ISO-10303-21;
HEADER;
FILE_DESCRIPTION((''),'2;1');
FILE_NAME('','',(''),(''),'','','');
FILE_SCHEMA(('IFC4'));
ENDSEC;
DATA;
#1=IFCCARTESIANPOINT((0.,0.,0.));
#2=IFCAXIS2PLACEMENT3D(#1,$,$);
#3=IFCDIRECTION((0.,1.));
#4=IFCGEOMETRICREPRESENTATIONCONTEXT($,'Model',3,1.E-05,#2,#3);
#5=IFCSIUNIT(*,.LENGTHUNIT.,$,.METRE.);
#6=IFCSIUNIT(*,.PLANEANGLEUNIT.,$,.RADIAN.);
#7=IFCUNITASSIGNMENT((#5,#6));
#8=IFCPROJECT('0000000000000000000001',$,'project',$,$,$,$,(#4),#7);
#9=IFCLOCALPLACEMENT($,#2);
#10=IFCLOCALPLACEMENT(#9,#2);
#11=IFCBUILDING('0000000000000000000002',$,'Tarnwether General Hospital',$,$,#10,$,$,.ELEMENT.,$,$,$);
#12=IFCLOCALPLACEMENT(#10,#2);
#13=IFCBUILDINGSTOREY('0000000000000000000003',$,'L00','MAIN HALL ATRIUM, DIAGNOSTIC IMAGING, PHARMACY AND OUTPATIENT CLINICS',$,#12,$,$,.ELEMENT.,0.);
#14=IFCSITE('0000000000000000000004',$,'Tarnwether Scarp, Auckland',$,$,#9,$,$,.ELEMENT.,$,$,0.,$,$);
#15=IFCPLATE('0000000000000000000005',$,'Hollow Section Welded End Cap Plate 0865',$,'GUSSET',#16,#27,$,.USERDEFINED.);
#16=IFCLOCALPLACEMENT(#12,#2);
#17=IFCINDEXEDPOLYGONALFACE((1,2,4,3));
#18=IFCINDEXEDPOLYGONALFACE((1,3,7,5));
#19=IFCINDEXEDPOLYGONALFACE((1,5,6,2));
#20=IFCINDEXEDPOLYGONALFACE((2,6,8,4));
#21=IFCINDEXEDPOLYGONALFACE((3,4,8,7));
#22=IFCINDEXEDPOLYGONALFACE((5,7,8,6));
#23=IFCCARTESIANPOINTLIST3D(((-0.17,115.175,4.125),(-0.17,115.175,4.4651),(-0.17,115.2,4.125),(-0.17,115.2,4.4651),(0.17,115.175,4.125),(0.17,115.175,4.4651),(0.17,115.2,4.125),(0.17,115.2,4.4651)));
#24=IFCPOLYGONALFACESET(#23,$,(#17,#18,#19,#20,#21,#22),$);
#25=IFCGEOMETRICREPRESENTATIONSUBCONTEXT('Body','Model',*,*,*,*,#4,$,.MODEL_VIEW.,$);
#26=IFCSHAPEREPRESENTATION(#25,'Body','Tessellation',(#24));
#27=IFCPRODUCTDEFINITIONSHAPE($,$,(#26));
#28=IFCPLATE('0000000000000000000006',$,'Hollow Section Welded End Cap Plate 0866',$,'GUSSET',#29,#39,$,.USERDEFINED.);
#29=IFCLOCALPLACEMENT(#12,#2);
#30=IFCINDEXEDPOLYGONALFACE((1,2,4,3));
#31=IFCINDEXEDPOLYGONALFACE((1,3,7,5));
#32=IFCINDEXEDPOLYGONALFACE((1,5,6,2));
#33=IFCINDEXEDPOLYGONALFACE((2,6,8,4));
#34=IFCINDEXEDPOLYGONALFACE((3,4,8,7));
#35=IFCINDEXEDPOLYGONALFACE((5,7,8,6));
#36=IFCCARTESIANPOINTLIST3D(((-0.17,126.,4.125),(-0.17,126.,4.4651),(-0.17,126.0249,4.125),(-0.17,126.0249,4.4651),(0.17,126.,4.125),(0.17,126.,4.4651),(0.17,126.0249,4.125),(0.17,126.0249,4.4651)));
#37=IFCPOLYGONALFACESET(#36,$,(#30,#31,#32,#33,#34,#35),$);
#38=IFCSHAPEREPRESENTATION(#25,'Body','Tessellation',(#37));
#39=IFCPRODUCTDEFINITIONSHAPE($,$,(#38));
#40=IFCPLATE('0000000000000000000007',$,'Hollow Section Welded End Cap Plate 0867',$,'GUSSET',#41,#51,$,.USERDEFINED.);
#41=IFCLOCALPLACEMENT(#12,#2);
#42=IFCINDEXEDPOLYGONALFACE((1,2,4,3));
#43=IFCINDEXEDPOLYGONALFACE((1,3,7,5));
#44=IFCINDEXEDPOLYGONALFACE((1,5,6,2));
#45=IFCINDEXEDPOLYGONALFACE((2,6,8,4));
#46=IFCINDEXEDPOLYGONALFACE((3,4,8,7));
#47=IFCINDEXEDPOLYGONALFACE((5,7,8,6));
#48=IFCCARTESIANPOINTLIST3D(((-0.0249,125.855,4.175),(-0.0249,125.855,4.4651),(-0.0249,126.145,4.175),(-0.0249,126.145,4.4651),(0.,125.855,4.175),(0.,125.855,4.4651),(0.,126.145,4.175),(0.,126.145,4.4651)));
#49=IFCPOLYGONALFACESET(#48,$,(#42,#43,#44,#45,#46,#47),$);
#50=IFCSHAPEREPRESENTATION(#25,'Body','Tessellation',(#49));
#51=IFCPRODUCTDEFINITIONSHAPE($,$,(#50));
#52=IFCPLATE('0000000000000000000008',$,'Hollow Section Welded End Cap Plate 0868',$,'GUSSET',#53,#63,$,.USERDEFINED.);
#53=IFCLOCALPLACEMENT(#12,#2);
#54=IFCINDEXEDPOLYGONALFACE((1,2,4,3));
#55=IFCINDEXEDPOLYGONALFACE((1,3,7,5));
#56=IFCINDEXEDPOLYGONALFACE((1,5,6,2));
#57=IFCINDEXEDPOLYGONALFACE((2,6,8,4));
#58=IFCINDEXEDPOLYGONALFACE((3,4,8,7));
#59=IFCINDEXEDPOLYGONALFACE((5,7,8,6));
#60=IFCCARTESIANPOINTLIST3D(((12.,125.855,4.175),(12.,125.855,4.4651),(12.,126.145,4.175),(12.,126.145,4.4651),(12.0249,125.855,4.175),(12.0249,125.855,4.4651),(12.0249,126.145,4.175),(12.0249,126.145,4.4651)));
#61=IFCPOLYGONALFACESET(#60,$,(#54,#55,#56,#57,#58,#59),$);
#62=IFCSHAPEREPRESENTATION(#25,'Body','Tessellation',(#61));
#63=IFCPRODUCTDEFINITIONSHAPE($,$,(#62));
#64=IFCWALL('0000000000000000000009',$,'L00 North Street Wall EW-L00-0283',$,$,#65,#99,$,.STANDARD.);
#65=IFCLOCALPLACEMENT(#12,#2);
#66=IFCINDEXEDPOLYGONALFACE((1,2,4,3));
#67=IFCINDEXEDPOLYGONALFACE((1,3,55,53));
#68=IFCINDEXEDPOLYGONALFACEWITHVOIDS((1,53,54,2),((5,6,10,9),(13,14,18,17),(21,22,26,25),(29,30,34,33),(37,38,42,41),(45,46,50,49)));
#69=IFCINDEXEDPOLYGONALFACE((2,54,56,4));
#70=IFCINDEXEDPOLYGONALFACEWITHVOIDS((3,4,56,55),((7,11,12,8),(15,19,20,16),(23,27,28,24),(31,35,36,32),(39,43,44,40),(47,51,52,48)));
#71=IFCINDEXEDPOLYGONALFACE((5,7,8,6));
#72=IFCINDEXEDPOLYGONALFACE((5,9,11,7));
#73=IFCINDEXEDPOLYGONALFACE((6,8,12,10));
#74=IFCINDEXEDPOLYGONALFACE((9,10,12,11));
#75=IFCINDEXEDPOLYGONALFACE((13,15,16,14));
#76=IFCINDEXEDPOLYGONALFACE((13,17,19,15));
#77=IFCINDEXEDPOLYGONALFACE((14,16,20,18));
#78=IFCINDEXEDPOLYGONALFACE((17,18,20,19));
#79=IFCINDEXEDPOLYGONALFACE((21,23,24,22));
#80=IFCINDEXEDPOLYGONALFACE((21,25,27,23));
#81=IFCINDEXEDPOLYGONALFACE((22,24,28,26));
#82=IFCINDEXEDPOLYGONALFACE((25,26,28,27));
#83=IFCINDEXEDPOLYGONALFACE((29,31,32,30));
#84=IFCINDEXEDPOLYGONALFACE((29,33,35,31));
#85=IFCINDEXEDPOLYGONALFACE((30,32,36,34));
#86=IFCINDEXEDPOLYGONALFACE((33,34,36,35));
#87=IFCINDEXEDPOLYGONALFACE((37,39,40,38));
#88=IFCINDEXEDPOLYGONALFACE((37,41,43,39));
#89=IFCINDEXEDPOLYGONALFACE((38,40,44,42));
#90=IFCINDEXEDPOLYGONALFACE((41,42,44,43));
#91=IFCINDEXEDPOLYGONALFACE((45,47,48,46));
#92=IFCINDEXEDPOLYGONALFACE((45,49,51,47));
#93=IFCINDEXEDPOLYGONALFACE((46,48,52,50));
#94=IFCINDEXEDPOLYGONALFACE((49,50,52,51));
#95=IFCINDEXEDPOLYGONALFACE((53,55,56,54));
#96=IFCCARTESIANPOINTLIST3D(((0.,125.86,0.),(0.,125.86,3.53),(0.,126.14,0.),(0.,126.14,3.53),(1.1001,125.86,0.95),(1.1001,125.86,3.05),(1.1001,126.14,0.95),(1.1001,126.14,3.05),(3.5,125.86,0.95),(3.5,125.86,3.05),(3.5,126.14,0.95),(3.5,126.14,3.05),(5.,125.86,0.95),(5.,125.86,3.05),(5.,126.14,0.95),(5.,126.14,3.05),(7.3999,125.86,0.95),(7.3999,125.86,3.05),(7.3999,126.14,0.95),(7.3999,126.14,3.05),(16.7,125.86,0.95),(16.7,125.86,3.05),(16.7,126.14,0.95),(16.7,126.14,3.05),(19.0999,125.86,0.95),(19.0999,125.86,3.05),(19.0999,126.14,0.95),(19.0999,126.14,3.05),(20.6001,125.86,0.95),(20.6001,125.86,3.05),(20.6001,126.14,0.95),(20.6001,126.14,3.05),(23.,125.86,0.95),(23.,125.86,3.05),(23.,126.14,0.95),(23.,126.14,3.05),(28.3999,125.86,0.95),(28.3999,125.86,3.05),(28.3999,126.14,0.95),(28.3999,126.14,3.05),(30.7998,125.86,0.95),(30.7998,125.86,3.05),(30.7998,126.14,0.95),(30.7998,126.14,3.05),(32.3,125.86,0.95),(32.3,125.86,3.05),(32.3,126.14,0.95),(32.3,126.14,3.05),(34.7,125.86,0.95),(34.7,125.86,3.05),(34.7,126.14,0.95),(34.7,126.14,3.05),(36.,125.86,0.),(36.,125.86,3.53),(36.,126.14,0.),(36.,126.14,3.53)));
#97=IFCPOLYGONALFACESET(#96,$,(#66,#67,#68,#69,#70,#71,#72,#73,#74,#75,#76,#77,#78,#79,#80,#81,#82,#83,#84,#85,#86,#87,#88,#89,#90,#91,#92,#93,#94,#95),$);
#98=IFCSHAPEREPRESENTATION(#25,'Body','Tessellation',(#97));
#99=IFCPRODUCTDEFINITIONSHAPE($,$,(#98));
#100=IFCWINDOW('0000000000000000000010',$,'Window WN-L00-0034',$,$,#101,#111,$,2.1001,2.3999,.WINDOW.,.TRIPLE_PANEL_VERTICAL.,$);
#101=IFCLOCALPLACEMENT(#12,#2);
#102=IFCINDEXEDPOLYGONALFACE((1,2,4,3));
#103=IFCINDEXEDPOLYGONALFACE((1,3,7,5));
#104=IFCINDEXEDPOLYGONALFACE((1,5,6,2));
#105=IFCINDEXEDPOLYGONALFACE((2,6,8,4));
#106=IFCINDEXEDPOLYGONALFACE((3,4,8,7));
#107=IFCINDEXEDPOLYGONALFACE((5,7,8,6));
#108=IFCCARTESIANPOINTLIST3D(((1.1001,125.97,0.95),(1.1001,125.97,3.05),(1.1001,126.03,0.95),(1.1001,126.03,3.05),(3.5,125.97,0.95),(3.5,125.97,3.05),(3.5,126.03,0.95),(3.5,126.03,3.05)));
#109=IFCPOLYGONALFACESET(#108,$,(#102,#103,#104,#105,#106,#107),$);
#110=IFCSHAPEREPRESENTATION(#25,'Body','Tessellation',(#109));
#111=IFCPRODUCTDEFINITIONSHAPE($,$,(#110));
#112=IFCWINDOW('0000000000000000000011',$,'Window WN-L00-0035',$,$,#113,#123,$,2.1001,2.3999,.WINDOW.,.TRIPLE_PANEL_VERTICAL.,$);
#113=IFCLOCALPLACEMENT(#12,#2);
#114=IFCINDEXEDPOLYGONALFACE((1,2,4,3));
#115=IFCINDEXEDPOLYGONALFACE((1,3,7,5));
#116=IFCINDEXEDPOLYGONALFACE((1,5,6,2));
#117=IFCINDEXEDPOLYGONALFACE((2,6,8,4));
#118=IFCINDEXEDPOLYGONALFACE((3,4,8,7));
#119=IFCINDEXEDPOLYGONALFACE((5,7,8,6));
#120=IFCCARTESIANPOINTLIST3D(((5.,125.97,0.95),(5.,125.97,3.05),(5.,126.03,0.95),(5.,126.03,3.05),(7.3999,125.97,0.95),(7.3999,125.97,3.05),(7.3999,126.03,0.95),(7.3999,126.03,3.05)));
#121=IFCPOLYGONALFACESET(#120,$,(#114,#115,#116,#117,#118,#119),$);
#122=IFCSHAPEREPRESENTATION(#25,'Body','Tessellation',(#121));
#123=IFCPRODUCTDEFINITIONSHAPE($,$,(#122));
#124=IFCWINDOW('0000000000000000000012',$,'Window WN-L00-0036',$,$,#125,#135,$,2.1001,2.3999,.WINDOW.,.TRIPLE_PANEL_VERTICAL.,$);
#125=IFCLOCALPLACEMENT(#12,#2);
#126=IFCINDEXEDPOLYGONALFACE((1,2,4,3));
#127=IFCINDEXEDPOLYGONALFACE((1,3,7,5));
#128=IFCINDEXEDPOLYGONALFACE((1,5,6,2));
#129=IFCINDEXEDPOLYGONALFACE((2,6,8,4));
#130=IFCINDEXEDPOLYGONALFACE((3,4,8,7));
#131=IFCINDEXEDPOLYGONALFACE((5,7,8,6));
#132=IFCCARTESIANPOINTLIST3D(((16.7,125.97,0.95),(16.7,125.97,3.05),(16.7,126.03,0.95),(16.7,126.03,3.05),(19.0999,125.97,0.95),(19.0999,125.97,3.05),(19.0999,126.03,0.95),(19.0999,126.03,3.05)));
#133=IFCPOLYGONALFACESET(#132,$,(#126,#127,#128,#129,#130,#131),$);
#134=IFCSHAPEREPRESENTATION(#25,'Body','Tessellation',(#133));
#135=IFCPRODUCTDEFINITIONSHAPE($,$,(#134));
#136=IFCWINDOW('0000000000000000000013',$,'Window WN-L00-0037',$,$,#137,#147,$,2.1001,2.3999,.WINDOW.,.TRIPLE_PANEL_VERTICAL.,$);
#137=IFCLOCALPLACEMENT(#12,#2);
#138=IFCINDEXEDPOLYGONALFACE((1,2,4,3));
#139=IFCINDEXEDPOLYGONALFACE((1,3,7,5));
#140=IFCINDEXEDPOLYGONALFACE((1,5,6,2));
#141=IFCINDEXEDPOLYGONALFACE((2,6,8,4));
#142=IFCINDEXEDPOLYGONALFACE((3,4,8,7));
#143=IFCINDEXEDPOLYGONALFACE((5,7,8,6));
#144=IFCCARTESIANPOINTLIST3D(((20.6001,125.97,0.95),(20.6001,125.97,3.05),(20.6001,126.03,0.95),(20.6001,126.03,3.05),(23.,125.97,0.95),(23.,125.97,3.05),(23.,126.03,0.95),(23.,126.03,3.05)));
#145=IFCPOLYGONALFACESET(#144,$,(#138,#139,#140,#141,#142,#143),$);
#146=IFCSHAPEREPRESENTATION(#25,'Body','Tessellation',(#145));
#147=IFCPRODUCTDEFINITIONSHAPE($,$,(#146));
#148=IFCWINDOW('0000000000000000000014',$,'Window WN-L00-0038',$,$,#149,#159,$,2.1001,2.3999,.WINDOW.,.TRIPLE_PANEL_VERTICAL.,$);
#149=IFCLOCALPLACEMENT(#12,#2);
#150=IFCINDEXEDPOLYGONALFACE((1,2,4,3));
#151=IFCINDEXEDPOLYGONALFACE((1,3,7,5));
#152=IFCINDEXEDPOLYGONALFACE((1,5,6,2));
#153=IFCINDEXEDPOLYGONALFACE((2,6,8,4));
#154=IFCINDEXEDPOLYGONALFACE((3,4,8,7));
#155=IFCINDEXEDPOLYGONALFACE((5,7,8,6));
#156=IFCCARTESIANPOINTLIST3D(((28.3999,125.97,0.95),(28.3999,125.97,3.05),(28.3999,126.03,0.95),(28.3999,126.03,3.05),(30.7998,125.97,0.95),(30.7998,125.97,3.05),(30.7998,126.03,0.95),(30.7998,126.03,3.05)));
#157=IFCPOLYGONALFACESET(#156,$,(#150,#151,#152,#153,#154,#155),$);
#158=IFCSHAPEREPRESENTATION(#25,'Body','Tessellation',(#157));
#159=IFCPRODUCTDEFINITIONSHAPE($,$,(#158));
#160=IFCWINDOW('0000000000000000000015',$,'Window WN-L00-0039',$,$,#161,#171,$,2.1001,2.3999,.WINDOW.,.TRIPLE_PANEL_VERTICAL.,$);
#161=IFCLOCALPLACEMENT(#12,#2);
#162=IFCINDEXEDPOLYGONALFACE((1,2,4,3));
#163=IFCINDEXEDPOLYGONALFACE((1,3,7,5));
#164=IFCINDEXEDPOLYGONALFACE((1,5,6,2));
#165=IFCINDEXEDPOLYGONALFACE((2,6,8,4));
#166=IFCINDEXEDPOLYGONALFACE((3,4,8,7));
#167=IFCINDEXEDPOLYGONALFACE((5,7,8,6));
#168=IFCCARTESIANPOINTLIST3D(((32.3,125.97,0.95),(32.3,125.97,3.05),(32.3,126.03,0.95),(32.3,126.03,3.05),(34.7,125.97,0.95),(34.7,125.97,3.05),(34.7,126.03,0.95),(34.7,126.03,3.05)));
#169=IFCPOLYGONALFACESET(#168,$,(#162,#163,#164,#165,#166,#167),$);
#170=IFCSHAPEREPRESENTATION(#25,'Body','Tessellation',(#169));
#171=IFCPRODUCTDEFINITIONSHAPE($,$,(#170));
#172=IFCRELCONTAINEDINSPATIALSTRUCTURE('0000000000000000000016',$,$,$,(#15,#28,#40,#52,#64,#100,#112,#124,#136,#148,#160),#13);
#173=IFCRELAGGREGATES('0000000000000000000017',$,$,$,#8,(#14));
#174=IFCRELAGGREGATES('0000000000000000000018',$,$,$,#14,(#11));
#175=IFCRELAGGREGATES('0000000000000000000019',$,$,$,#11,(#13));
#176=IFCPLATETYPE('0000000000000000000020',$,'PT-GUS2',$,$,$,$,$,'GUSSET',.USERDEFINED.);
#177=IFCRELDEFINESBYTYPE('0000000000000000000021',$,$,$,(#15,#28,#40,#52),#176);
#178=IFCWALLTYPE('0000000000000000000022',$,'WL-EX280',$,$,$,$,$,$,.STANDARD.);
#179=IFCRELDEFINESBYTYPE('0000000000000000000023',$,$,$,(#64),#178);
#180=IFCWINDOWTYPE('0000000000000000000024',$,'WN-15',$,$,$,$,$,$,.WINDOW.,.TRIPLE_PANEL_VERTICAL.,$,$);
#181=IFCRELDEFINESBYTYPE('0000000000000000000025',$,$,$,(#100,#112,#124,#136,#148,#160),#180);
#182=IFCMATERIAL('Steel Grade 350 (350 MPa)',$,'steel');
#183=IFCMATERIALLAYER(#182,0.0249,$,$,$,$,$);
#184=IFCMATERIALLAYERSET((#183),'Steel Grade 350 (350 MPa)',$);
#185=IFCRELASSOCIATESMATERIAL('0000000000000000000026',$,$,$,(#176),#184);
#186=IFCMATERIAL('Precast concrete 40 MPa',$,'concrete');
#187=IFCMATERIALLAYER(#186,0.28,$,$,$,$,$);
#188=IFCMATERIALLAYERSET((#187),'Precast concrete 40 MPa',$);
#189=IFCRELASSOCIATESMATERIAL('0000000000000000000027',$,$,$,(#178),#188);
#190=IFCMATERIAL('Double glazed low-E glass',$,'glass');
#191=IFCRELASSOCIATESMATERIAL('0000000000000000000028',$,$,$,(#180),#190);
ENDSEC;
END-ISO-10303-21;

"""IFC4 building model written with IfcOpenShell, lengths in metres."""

from ifc_helpers import new_model, si_unit, direction, frame, frame_2d, origin, origin_2d, place, context, subcontext, project, spatial, rectangle, extrude, material, layer, layer_set, type_object, element, fill, save


model = new_model("IFC4")

# Units and contexts
model_context = context("Model", 3, precision=1e-05, world=origin(), true_north=direction((0.0, 1.0)))
body_context = subcontext(model_context, "Body", "Model", "MODEL_VIEW")
ifc_project = project(units=[si_unit("LENGTHUNIT", "METRE"), si_unit("PLANEANGLEUNIT", "RADIAN")], contexts=[model_context])

# Site, building, storey
site_placement = place(None, origin())
site = spatial("IfcSite", under=ifc_project, at=site_placement, Name="Tarnwether Scarp, Auckland", CompositionType="ELEMENT", RefElevation=0.0)
building_placement = place(site_placement, origin())
building = spatial("IfcBuilding", under=site, at=building_placement, Name="Tarnwether General Hospital", CompositionType="ELEMENT")
storey_placement = place(building_placement, origin())
storey = spatial("IfcBuildingStorey", under=building, at=storey_placement, Name="L00", Description="MAIN HALL ATRIUM, DIAGNOSTIC IMAGING, PHARMACY AND OUTPATIENT CLINICS", CompositionType="ELEMENT", Elevation=0.0)

# Plates
ifc_material_1 = material(Name="Steel Grade 350 (350 MPa)", Category="steel")
ifc_layer_1 = layer(ifc_material_1, 0.0249)
ifc_layer_set_1 = layer_set([ifc_layer_1], Name="Steel Grade 350 (350 MPa)")
plate_type = type_object("IfcPlateType", Name="PT-GUS2", ElementType="GUSSET", PredefinedType="USERDEFINED", material=ifc_layer_set_1)
for number, where, z_axis, x_axis, name in (
    (1, (0.0, 115.1875, 4.125), (0.0, 0.0, 1.0), (0.0, 1.0, 0.0), "Hollow Section Welded End Cap Plate 0865"),
    (2, (0.0, 126.0125, 4.125), (0.0, 0.0, 1.0), (0.0, 1.0, 0.0), "Hollow Section Welded End Cap Plate 0866"),
):
    element("IfcPlate", number, at=place(storey_placement, frame(where, z_axis=z_axis, x_axis=x_axis)), inside=storey, type_object=plate_type, Name=name, ObjectType="GUSSET", PredefinedType="USERDEFINED", context=body_context, shape_type="SweptSolid", body=[
        extrude(rectangle(XDim=0.0249, YDim=0.3401, at=origin_2d()), origin(), (0.0, 0.0, 1.0), 0.3401),
    ])
for number, where, z_axis, x_axis, name in (
    (3, (-0.0125, 126.0, 4.175), (0.0, 0.0, 1.0), (1.0, 0.0, 0.0), "Hollow Section Welded End Cap Plate 0867"),
    (4, (12.0125, 126.0, 4.175), (0.0, 0.0, 1.0), (1.0, 0.0, 0.0), "Hollow Section Welded End Cap Plate 0868"),
):
    element("IfcPlate", number, at=place(storey_placement, frame(where, z_axis=z_axis, x_axis=x_axis)), inside=storey, type_object=plate_type, Name=name, ObjectType="GUSSET", PredefinedType="USERDEFINED", context=body_context, shape_type="SweptSolid", body=[
        extrude(rectangle(XDim=0.0249, YDim=0.29, at=origin_2d()), origin(), (0.0, 0.0, 1.0), 0.29),
    ])

# Wall, openings, windows
ifc_material_2 = material(Name="Precast concrete 40 MPa", Category="concrete")
ifc_layer_2 = layer(ifc_material_2, 0.28)
ifc_layer_set_2 = layer_set([ifc_layer_2], Name="Precast concrete 40 MPa")
wall_type = type_object("IfcWallType", Name="WL-EX280", PredefinedType="STANDARD", material=ifc_layer_set_2)
wall_placement = place(storey_placement, frame((0.0, 126.0, 0.0), z_axis=(0.0, 0.0, 1.0), x_axis=(1.0, 0.0, 0.0)))
wall = element("IfcWall", 5, at=wall_placement, inside=storey, type_object=wall_type, Name="L00 North Street Wall EW-L00-0283", PredefinedType="STANDARD", context=body_context, shape_type="SweptSolid", body=[
    extrude(rectangle(XDim=36.0, YDim=0.28, at=frame_2d((18.0, 0.0))), origin(), (0.0, 0.0, 1.0), 3.53),
])
opening_1_placement = place(wall_placement, frame((1.1001, 0.0, 0.95)))
opening_1 = element("IfcOpeningElement", 6, at=opening_1_placement, cuts=wall, PredefinedType="OPENING", context=body_context, shape_type="SweptSolid", body=[
    extrude(rectangle(XDim=2.3999, YDim=2.1001, at=frame_2d((1.2, 1.05))), frame((0.0, 0.1499, 0.0), z_axis=(0.0, -1.0, 0.0), x_axis=(1.0, 0.0, 0.0)), (0.0, 0.0, 1.0), 0.3),
])
opening_2_placement = place(wall_placement, frame((5.0, 0.0, 0.95)))
opening_2 = element("IfcOpeningElement", 7, at=opening_2_placement, cuts=wall, PredefinedType="OPENING", context=body_context, shape_type="SweptSolid", body=[
    extrude(rectangle(XDim=2.3999, YDim=2.1001, at=frame_2d((1.2, 1.05))), frame((0.0, 0.1499, 0.0), z_axis=(0.0, -1.0, 0.0), x_axis=(1.0, 0.0, 0.0)), (0.0, 0.0, 1.0), 0.3),
])
opening_3_placement = place(wall_placement, frame((16.7, 0.0, 0.95)))
opening_3 = element("IfcOpeningElement", 8, at=opening_3_placement, cuts=wall, PredefinedType="OPENING", context=body_context, shape_type="SweptSolid", body=[
    extrude(rectangle(XDim=2.3999, YDim=2.1001, at=frame_2d((1.2, 1.05))), frame((0.0, 0.1499, 0.0), z_axis=(0.0, -1.0, 0.0), x_axis=(1.0, 0.0, 0.0)), (0.0, 0.0, 1.0), 0.3),
])
opening_4_placement = place(wall_placement, frame((20.6001, 0.0, 0.95)))
opening_4 = element("IfcOpeningElement", 9, at=opening_4_placement, cuts=wall, PredefinedType="OPENING", context=body_context, shape_type="SweptSolid", body=[
    extrude(rectangle(XDim=2.3999, YDim=2.1001, at=frame_2d((1.2, 1.05))), frame((0.0, 0.1499, 0.0), z_axis=(0.0, -1.0, 0.0), x_axis=(1.0, 0.0, 0.0)), (0.0, 0.0, 1.0), 0.3),
])
opening_5_placement = place(wall_placement, frame((28.3999, 0.0, 0.95)))
opening_5 = element("IfcOpeningElement", 10, at=opening_5_placement, cuts=wall, PredefinedType="OPENING", context=body_context, shape_type="SweptSolid", body=[
    extrude(rectangle(XDim=2.3999, YDim=2.1001, at=frame_2d((1.2, 1.05))), frame((0.0, 0.1499, 0.0), z_axis=(0.0, -1.0, 0.0), x_axis=(1.0, 0.0, 0.0)), (0.0, 0.0, 1.0), 0.3),
])
opening_6_placement = place(wall_placement, frame((32.3, 0.0, 0.95)))
opening_6 = element("IfcOpeningElement", 11, at=opening_6_placement, cuts=wall, PredefinedType="OPENING", context=body_context, shape_type="SweptSolid", body=[
    extrude(rectangle(XDim=2.3999, YDim=2.1001, at=frame_2d((1.2, 1.05))), frame((0.0, 0.1499, 0.0), z_axis=(0.0, -1.0, 0.0), x_axis=(1.0, 0.0, 0.0)), (0.0, 0.0, 1.0), 0.3),
])
ifc_material_3 = material(Name="Double glazed low-E glass", Category="glass")
window_type = type_object("IfcWindowType", Name="WN-15", PartitioningType="TRIPLE_PANEL_VERTICAL", PredefinedType="WINDOW", material=ifc_material_3)
window_1_placement = place(opening_1_placement, origin())
window_1 = element("IfcWindow", 12, at=window_1_placement, inside=storey, type_object=window_type, Name="Window WN-L00-0034", OverallHeight=2.1001, OverallWidth=2.3999, PartitioningType="TRIPLE_PANEL_VERTICAL", PredefinedType="WINDOW", context=body_context, shape_type="SweptSolid", body=[
    extrude(rectangle(XDim=2.3999, YDim=2.1001, at=frame_2d((1.2, 1.05))), frame((0.0, 0.03, 0.0), z_axis=(0.0, -1.0, 0.0), x_axis=(1.0, 0.0, 0.0)), (0.0, 0.0, 1.0), 0.0601),
])
fill(opening_1, window_1)
window_2_placement = place(opening_2_placement, origin())
window_2 = element("IfcWindow", 13, at=window_2_placement, inside=storey, type_object=window_type, Name="Window WN-L00-0035", OverallHeight=2.1001, OverallWidth=2.3999, PartitioningType="TRIPLE_PANEL_VERTICAL", PredefinedType="WINDOW", context=body_context, shape_type="SweptSolid", body=[
    extrude(rectangle(XDim=2.3999, YDim=2.1001, at=frame_2d((1.2, 1.05))), frame((0.0, 0.03, 0.0), z_axis=(0.0, -1.0, 0.0), x_axis=(1.0, 0.0, 0.0)), (0.0, 0.0, 1.0), 0.0601),
])
fill(opening_2, window_2)
window_3_placement = place(opening_3_placement, origin())
window_3 = element("IfcWindow", 14, at=window_3_placement, inside=storey, type_object=window_type, Name="Window WN-L00-0036", OverallHeight=2.1001, OverallWidth=2.3999, PartitioningType="TRIPLE_PANEL_VERTICAL", PredefinedType="WINDOW", context=body_context, shape_type="SweptSolid", body=[
    extrude(rectangle(XDim=2.3999, YDim=2.1001, at=frame_2d((1.2, 1.05))), frame((0.0, 0.03, 0.0), z_axis=(0.0, -1.0, 0.0), x_axis=(1.0, 0.0, 0.0)), (0.0, 0.0, 1.0), 0.0601),
])
fill(opening_3, window_3)
window_4_placement = place(opening_4_placement, origin())
window_4 = element("IfcWindow", 15, at=window_4_placement, inside=storey, type_object=window_type, Name="Window WN-L00-0037", OverallHeight=2.1001, OverallWidth=2.3999, PartitioningType="TRIPLE_PANEL_VERTICAL", PredefinedType="WINDOW", context=body_context, shape_type="SweptSolid", body=[
    extrude(rectangle(XDim=2.3999, YDim=2.1001, at=frame_2d((1.2, 1.05))), frame((0.0, 0.03, 0.0), z_axis=(0.0, -1.0, 0.0), x_axis=(1.0, 0.0, 0.0)), (0.0, 0.0, 1.0), 0.0601),
])
fill(opening_4, window_4)
window_5_placement = place(opening_5_placement, origin())
window_5 = element("IfcWindow", 16, at=window_5_placement, inside=storey, type_object=window_type, Name="Window WN-L00-0038", OverallHeight=2.1001, OverallWidth=2.3999, PartitioningType="TRIPLE_PANEL_VERTICAL", PredefinedType="WINDOW", context=body_context, shape_type="SweptSolid", body=[
    extrude(rectangle(XDim=2.3999, YDim=2.1001, at=frame_2d((1.2, 1.05))), frame((0.0, 0.03, 0.0), z_axis=(0.0, -1.0, 0.0), x_axis=(1.0, 0.0, 0.0)), (0.0, 0.0, 1.0), 0.0601),
])
fill(opening_5, window_5)
window_6_placement = place(opening_6_placement, origin())
window_6 = element("IfcWindow", 17, at=window_6_placement, inside=storey, type_object=window_type, Name="Window WN-L00-0039", OverallHeight=2.1001, OverallWidth=2.3999, PartitioningType="TRIPLE_PANEL_VERTICAL", PredefinedType="WINDOW", context=body_context, shape_type="SweptSolid", body=[
    extrude(rectangle(XDim=2.3999, YDim=2.1001, at=frame_2d((1.2, 1.05))), frame((0.0, 0.03, 0.0), z_axis=(0.0, -1.0, 0.0), x_axis=(1.0, 0.0, 0.0)), (0.0, 0.0, 1.0), 0.0601),
])
fill(opening_6, window_6)

save(model, "model.ifc")
